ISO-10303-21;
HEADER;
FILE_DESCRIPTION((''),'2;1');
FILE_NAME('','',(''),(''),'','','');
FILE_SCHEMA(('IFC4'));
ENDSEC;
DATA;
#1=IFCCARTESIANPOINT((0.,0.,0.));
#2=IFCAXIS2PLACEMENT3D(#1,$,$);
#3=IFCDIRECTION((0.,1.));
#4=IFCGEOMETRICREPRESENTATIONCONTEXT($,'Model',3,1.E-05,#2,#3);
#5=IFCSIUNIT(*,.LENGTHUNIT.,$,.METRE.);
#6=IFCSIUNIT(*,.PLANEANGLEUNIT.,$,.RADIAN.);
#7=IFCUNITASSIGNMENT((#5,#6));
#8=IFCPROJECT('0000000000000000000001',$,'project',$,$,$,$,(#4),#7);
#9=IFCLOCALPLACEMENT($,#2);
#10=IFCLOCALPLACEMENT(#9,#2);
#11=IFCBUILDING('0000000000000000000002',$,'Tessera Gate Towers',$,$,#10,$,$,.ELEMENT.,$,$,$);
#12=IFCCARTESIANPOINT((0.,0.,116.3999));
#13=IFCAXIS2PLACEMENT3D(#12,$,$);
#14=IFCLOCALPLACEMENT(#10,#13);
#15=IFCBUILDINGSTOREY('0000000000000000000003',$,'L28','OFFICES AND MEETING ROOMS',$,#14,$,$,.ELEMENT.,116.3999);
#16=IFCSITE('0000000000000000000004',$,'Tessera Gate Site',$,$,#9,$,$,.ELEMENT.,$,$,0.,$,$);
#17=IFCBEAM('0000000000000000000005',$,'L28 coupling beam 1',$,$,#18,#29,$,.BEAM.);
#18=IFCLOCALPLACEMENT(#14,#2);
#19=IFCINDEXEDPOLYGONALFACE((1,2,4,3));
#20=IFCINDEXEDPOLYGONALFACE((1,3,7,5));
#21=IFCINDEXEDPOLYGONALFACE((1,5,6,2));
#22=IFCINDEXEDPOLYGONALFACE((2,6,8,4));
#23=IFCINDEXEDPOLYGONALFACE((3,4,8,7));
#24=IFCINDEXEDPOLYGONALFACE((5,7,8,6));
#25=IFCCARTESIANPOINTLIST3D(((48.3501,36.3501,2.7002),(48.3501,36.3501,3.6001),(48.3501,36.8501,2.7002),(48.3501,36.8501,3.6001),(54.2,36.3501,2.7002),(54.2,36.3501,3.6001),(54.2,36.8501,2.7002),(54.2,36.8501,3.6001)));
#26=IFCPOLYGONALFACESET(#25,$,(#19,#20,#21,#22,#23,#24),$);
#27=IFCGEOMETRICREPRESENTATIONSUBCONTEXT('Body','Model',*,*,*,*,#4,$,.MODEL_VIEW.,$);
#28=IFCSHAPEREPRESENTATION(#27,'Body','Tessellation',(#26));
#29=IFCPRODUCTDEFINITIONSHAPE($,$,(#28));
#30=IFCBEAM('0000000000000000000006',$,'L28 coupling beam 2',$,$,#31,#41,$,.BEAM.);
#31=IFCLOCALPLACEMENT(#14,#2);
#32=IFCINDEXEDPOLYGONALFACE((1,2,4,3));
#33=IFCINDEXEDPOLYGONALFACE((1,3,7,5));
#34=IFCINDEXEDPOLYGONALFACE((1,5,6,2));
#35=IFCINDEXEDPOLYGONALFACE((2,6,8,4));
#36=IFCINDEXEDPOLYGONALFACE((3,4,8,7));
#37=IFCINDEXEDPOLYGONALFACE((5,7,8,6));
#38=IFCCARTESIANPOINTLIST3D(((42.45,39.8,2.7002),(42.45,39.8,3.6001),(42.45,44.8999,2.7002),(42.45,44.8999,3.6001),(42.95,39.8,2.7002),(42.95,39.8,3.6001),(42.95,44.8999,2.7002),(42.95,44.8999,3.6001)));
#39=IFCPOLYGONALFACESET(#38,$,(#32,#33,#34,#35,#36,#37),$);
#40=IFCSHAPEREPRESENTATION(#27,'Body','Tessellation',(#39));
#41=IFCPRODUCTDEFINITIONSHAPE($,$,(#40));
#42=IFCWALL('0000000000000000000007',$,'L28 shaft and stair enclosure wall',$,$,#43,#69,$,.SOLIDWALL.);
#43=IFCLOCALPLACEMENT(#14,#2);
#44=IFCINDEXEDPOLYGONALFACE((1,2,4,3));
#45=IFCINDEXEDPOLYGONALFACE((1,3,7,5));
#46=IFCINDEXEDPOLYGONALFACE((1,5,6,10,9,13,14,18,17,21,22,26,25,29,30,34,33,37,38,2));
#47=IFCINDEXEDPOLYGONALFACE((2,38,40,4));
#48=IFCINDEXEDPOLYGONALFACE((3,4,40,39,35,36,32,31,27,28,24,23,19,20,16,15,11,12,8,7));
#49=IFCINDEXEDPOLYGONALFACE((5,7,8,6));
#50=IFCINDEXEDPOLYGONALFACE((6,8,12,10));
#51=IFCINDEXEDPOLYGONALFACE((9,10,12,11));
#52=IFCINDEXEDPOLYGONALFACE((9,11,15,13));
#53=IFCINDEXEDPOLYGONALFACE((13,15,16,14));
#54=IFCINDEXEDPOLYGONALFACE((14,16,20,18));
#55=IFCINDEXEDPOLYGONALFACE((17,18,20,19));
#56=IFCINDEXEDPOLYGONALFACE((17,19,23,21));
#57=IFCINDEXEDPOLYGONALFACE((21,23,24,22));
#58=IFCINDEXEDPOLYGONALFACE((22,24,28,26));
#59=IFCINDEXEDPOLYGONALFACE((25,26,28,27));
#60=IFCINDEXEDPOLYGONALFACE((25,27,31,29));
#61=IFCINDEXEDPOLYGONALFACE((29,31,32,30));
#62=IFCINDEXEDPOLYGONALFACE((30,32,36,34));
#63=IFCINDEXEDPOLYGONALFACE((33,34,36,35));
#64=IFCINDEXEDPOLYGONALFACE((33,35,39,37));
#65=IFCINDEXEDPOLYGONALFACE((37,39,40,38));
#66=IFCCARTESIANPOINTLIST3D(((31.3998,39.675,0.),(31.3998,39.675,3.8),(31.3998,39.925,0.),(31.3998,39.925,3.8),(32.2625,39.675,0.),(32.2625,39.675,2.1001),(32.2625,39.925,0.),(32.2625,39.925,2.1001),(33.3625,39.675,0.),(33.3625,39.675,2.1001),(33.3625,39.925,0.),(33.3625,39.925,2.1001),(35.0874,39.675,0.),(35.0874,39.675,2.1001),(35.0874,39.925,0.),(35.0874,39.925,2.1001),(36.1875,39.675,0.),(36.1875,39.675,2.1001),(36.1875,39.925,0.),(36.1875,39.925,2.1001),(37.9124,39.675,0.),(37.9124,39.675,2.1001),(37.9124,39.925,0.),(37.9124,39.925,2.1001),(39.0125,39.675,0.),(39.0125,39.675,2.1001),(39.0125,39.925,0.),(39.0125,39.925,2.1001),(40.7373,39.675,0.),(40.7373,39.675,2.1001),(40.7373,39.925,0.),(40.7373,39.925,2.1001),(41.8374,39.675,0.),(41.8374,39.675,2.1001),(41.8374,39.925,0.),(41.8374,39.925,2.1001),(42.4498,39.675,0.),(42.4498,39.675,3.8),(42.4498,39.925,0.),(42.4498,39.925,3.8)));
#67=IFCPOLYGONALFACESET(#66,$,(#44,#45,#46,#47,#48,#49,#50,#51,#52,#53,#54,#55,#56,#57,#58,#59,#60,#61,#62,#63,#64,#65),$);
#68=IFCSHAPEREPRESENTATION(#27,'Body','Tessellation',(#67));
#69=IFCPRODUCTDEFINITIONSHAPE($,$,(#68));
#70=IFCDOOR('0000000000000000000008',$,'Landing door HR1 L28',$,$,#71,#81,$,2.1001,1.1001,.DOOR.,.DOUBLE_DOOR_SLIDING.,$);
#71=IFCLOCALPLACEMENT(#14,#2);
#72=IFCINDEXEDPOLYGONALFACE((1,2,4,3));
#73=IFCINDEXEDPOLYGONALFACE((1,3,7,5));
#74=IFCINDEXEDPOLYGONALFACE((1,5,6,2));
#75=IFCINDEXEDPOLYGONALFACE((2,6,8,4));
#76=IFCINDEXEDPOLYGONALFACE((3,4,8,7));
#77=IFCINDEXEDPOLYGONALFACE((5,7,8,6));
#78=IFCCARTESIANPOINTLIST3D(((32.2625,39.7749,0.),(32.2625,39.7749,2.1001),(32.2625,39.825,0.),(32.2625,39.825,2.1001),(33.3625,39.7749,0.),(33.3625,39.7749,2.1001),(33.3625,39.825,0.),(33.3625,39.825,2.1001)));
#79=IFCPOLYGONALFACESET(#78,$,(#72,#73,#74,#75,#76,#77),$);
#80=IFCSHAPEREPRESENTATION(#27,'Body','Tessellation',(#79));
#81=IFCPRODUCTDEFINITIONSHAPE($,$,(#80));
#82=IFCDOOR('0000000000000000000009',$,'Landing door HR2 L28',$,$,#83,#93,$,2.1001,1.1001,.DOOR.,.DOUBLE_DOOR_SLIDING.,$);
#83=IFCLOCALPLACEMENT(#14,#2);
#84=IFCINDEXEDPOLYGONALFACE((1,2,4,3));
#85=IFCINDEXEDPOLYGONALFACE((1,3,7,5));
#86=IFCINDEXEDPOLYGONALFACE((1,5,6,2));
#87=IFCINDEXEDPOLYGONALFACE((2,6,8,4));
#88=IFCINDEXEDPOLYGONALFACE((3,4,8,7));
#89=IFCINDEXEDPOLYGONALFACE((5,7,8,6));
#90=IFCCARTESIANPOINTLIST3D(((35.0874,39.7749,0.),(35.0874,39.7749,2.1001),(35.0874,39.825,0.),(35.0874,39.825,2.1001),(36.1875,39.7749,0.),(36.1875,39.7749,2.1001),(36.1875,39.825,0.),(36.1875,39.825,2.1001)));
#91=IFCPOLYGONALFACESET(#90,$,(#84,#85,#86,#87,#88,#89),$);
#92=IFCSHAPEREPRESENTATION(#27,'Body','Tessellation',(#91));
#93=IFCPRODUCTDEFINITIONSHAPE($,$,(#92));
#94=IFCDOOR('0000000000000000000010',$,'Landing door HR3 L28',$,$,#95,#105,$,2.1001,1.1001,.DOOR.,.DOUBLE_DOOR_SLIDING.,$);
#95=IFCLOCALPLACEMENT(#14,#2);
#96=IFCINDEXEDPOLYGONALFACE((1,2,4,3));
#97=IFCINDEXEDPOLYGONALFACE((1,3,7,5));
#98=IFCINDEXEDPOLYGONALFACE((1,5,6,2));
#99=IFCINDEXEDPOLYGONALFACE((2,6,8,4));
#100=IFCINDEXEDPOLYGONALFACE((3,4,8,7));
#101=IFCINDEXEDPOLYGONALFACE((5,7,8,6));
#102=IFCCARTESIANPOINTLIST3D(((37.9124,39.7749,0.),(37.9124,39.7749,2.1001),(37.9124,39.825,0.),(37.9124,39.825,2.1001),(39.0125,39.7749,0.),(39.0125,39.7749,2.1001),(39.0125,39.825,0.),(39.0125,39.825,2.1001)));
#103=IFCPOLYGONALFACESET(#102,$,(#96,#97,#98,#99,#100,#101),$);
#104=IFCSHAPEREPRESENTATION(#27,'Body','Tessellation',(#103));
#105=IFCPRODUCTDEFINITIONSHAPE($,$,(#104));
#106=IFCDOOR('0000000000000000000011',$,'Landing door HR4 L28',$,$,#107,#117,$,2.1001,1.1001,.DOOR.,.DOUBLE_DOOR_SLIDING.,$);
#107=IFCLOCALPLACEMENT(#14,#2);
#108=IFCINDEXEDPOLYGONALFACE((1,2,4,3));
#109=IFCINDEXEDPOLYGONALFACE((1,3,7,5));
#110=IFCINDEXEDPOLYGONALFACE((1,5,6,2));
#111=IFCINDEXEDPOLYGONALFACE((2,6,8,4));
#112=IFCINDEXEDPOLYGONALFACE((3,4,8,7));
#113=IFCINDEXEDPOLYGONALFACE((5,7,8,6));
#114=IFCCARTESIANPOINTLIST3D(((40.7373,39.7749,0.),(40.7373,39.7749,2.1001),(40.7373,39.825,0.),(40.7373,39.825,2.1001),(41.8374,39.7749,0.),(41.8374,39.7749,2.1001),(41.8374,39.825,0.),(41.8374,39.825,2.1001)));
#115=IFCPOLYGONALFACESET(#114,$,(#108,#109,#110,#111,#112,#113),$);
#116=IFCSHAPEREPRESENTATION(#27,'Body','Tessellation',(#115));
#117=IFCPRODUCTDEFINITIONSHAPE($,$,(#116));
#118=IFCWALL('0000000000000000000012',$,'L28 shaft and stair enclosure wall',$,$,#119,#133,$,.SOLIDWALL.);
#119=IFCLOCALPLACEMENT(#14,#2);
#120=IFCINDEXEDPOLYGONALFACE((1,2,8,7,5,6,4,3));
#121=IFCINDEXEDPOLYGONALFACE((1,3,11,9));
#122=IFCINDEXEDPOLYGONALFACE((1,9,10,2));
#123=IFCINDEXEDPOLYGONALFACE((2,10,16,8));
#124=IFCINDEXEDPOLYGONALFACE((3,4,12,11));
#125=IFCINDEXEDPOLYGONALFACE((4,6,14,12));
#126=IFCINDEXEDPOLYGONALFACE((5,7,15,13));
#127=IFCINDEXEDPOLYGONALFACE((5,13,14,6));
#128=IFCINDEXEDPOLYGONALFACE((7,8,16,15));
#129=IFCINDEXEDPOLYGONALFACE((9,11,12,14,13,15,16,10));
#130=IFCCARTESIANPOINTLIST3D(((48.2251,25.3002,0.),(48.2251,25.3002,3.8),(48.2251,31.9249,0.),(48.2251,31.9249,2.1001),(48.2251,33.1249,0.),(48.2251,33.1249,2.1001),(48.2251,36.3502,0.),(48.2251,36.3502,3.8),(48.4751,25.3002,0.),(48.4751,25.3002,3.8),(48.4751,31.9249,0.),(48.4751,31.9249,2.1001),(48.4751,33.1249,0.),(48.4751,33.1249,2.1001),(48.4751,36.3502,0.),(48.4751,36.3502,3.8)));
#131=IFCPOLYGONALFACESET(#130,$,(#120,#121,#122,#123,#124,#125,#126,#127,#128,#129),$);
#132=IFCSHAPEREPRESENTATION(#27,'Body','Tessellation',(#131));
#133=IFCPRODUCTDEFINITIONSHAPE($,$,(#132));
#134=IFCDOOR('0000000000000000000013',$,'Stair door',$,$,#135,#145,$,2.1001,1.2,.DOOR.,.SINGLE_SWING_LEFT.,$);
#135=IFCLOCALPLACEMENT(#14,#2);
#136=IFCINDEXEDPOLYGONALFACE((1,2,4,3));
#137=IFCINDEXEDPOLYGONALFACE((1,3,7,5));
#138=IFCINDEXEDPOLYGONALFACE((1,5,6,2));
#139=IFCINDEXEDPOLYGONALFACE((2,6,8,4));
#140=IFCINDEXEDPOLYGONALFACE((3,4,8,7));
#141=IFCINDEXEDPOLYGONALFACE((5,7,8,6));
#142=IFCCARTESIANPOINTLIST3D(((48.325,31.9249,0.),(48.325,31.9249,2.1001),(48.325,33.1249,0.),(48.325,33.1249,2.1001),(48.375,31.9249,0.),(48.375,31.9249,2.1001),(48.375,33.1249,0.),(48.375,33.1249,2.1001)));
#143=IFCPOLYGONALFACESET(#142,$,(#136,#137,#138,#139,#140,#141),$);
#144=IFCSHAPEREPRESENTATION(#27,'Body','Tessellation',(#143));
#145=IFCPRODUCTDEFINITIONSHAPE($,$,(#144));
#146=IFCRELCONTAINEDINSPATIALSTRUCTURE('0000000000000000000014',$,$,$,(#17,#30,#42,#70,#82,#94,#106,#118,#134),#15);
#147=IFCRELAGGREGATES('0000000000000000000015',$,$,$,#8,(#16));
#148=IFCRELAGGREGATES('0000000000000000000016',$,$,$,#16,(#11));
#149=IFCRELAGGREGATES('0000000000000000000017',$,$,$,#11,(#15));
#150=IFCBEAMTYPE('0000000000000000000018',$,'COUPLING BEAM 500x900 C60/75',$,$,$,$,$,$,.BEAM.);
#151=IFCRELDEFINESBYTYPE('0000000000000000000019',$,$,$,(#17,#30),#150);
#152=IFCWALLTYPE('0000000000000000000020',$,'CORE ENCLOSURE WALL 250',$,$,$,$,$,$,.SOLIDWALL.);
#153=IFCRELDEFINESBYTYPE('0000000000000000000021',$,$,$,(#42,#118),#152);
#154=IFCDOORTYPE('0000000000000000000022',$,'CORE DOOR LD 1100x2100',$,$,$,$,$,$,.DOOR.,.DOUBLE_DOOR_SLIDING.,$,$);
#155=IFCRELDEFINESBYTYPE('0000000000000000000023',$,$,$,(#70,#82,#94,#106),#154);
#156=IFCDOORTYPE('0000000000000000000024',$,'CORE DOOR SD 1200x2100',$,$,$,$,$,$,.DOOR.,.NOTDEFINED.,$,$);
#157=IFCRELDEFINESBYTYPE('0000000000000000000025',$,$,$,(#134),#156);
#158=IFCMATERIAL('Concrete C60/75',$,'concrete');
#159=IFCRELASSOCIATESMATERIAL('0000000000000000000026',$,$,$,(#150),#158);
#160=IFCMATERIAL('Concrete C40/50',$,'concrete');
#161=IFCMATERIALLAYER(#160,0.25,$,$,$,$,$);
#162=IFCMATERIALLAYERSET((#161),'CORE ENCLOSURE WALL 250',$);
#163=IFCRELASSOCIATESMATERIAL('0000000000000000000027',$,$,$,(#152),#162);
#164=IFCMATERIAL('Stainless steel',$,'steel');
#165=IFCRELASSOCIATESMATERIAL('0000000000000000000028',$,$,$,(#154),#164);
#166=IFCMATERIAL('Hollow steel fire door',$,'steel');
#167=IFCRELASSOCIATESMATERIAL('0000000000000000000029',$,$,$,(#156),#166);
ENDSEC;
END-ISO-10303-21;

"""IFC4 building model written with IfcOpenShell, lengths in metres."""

from ifc_helpers import new_model, si_unit, direction, frame, frame_2d, origin, origin_2d, place, context, subcontext, project, spatial, rectangle, extrude, source, transform, mapped, material, layer, layer_set, material_profile, profile_set, type_object, element, fill, save


model = new_model("IFC4")

# Units and contexts
model_context = context("Model", 3, precision=1e-05, world=origin(), true_north=direction((0.0, 1.0)))
body_context = subcontext(model_context, "Body", "Model", "MODEL_VIEW")
ifc_project = project(units=[si_unit("LENGTHUNIT", "METRE"), si_unit("PLANEANGLEUNIT", "RADIAN")], contexts=[model_context])

# Site, building, storey
site_placement = place(None, origin())
site = spatial("IfcSite", under=ifc_project, at=site_placement, Name="Tessera Gate Site", CompositionType="ELEMENT", RefElevation=0.0)
building_placement = place(site_placement, origin())
building = spatial("IfcBuilding", under=site, at=building_placement, Name="Tessera Gate Towers", CompositionType="ELEMENT")
storey_placement = place(building_placement, frame((0.0, 0.0, 116.3999)))
storey = spatial("IfcBuildingStorey", under=building, at=storey_placement, Name="L28", Description="OFFICES AND MEETING ROOMS", CompositionType="ELEMENT", Elevation=116.3999)

# Beams
ifc_material_1 = material(Name="Concrete C60/75", Category="concrete")
ifc_material_profile = material_profile(ifc_material_1, rectangle(XDim=0.5, YDim=0.8999, at=origin_2d()), Name="RC 500x900")
ifc_profile_set = profile_set([ifc_material_profile], Name="Concrete C60/75")
beam_type = type_object("IfcBeamType", Name="COUPLING BEAM 500x900 C60/75", PredefinedType="BEAM", material=ifc_profile_set)
beam_1_placement = place(storey_placement, frame((48.3501, 36.6001, 3.1501), z_axis=(1.0, 0.0, 0.0), x_axis=(0.0, 1.0, 0.0)))
element("IfcBeam", 1, at=beam_1_placement, inside=storey, type_object=beam_type, Name="L28 coupling beam 1", PredefinedType="BEAM", context=body_context, shape_type="SweptSolid", body=[
    extrude(rectangle(XDim=0.5, YDim=0.8999, at=origin_2d()), origin(), (0.0, 0.0, 1.0), 5.8499),
])
beam_2_placement = place(storey_placement, frame((42.7, 39.8, 3.1501), z_axis=(0.0, 1.0, 0.0), x_axis=(-1.0, 0.0, 0.0)))
element("IfcBeam", 2, at=beam_2_placement, inside=storey, type_object=beam_type, Name="L28 coupling beam 2", PredefinedType="BEAM", context=body_context, shape_type="SweptSolid", body=[
    extrude(rectangle(XDim=0.5, YDim=0.8999, at=origin_2d()), origin(), (0.0, 0.0, 1.0), 5.0999),
])

# Wall, openings, doors
ifc_material_2 = material(Name="Concrete C40/50", Category="concrete")
ifc_layer_1 = layer(ifc_material_2, 0.25)
ifc_layer_set_1 = layer_set([ifc_layer_1], Name="CORE ENCLOSURE WALL 250")
wall_type_1 = type_object("IfcWallType", Name="CORE ENCLOSURE WALL 250", PredefinedType="SOLIDWALL", material=ifc_layer_set_1)
wall_1_placement = place(storey_placement, frame((31.3999, 39.8, 0.0), z_axis=(0.0, 0.0, 1.0), x_axis=(1.0, 0.0, 0.0)))
wall_1 = element("IfcWall", 3, at=wall_1_placement, inside=storey, type_object=wall_type_1, Name="L28 shaft and stair enclosure wall", PredefinedType="SOLIDWALL", context=body_context, shape_type="SweptSolid", body=[
    extrude(rectangle(XDim=11.05, YDim=0.25, at=frame_2d((5.5249, 0.0))), origin(), (0.0, 0.0, 1.0), 3.8),
])
shared_shape_1 = source(origin(), body_context, "Body", "SweptSolid", [
    extrude(rectangle(XDim=1.1001, YDim=2.1001, at=frame_2d((0.55, 1.05))), frame((0.0, 0.135, 0.0), z_axis=(0.0, -1.0, 0.0), x_axis=(1.0, 0.0, 0.0)), (0.0, 0.0, 1.0), 0.27),
])
opening_1_placement = place(wall_1_placement, frame((0.8625, 0.0, 0.0)))
opening_1 = element("IfcOpeningElement", 4, at=opening_1_placement, cuts=wall_1, PredefinedType="OPENING", context=body_context, shape_type="MappedRepresentation", body=[
    mapped(shared_shape_1, transform((0.0, 0.0, 0.0), scale=1.0)),
])
opening_2_placement = place(wall_1_placement, frame((3.6875, 0.0, 0.0)))
opening_2 = element("IfcOpeningElement", 5, at=opening_2_placement, cuts=wall_1, PredefinedType="OPENING", context=body_context, shape_type="MappedRepresentation", body=[
    mapped(shared_shape_1, transform((0.0, 0.0, 0.0), scale=1.0)),
])
opening_3_placement = place(wall_1_placement, frame((6.5125, 0.0, 0.0)))
opening_3 = element("IfcOpeningElement", 6, at=opening_3_placement, cuts=wall_1, PredefinedType="OPENING", context=body_context, shape_type="MappedRepresentation", body=[
    mapped(shared_shape_1, transform((0.0, 0.0, 0.0), scale=1.0)),
])
opening_4_placement = place(wall_1_placement, frame((9.3374, 0.0, 0.0)))
opening_4 = element("IfcOpeningElement", 7, at=opening_4_placement, cuts=wall_1, PredefinedType="OPENING", context=body_context, shape_type="MappedRepresentation", body=[
    mapped(shared_shape_1, transform((0.0, 0.0, 0.0), scale=1.0)),
])
ifc_material_3 = material(Name="Stainless steel", Category="steel")
door_type_1 = type_object("IfcDoorType", Name="CORE DOOR LD 1100x2100", OperationType="DOUBLE_DOOR_SLIDING", PredefinedType="DOOR", material=ifc_material_3)
shared_shape_2 = source(origin(), body_context, "Body", "SweptSolid", [
    extrude(rectangle(XDim=1.1001, YDim=2.1001, at=frame_2d((0.55, 1.05))), frame((0.0, 0.0249, 0.0), z_axis=(0.0, -1.0, 0.0), x_axis=(1.0, 0.0, 0.0)), (0.0, 0.0, 1.0), 0.05),
])
door_1_placement = place(opening_1_placement, origin())
door_1 = element("IfcDoor", 8, at=door_1_placement, inside=storey, type_object=door_type_1, Name="Landing door HR1 L28", OperationType="DOUBLE_DOOR_SLIDING", OverallHeight=2.1001, OverallWidth=1.1001, PredefinedType="DOOR", context=body_context, shape_type="MappedRepresentation", body=[
    mapped(shared_shape_2, transform((0.0, 0.0, 0.0), scale=1.0)),
])
fill(opening_1, door_1)
door_2_placement = place(opening_2_placement, origin())
door_2 = element("IfcDoor", 9, at=door_2_placement, inside=storey, type_object=door_type_1, Name="Landing door HR2 L28", OperationType="DOUBLE_DOOR_SLIDING", OverallHeight=2.1001, OverallWidth=1.1001, PredefinedType="DOOR", context=body_context, shape_type="MappedRepresentation", body=[
    mapped(shared_shape_2, transform((0.0, 0.0, 0.0), scale=1.0)),
])
fill(opening_2, door_2)
door_3_placement = place(opening_3_placement, origin())
door_3 = element("IfcDoor", 10, at=door_3_placement, inside=storey, type_object=door_type_1, Name="Landing door HR3 L28", OperationType="DOUBLE_DOOR_SLIDING", OverallHeight=2.1001, OverallWidth=1.1001, PredefinedType="DOOR", context=body_context, shape_type="MappedRepresentation", body=[
    mapped(shared_shape_2, transform((0.0, 0.0, 0.0), scale=1.0)),
])
fill(opening_3, door_3)
door_4_placement = place(opening_4_placement, origin())
door_4 = element("IfcDoor", 11, at=door_4_placement, inside=storey, type_object=door_type_1, Name="Landing door HR4 L28", OperationType="DOUBLE_DOOR_SLIDING", OverallHeight=2.1001, OverallWidth=1.1001, PredefinedType="DOOR", context=body_context, shape_type="MappedRepresentation", body=[
    mapped(shared_shape_2, transform((0.0, 0.0, 0.0), scale=1.0)),
])
fill(opening_4, door_4)

# Wall, opening, door
wall_2_placement = place(storey_placement, frame((48.3501, 36.3501, 0.0), z_axis=(0.0, 0.0, 1.0), x_axis=(0.0, -1.0, 0.0)))
wall_2 = element("IfcWall", 12, at=wall_2_placement, inside=storey, type_object=wall_type_1, Name="L28 shaft and stair enclosure wall", PredefinedType="SOLIDWALL", context=body_context, shape_type="SweptSolid", body=[
    extrude(rectangle(XDim=11.05, YDim=0.25, at=frame_2d((5.5249, 0.0))), origin(), (0.0, 0.0, 1.0), 3.8),
])
shared_shape_3 = source(origin(), body_context, "Body", "SweptSolid", [
    extrude(rectangle(XDim=1.2, YDim=2.1001, at=frame_2d((0.6001, 1.05))), frame((0.0, 0.135, 0.0), z_axis=(0.0, -1.0, 0.0), x_axis=(1.0, 0.0, 0.0)), (0.0, 0.0, 1.0), 0.27),
])
opening_5_placement = place(wall_2_placement, frame((3.2251, 0.0, 0.0)))
opening_5 = element("IfcOpeningElement", 13, at=opening_5_placement, cuts=wall_2, PredefinedType="OPENING", context=body_context, shape_type="MappedRepresentation", body=[
    mapped(shared_shape_3, transform((0.0, 0.0, 0.0), scale=1.0)),
])
ifc_material_4 = material(Name="Hollow steel fire door", Category="steel")
door_type_2 = type_object("IfcDoorType", Name="CORE DOOR SD 1200x2100", OperationType="NOTDEFINED", PredefinedType="DOOR", material=ifc_material_4)
shared_shape_4 = source(origin(), body_context, "Body", "SweptSolid", [
    extrude(rectangle(XDim=1.2, YDim=2.1001, at=frame_2d((0.6001, 1.05))), frame((0.0, 0.0249, 0.0), z_axis=(0.0, -1.0, 0.0), x_axis=(1.0, 0.0, 0.0)), (0.0, 0.0, 1.0), 0.05),
])
door_5_placement = place(opening_5_placement, origin())
door_5 = element("IfcDoor", 14, at=door_5_placement, inside=storey, type_object=door_type_2, Name="Stair door", OperationType="SINGLE_SWING_LEFT", OverallHeight=2.1001, OverallWidth=1.2, PredefinedType="DOOR", context=body_context, shape_type="MappedRepresentation", body=[
    mapped(shared_shape_4, transform((0.0, 0.0, 0.0), scale=1.0)),
])
fill(opening_5, door_5)

save(model, "model.ifc")
